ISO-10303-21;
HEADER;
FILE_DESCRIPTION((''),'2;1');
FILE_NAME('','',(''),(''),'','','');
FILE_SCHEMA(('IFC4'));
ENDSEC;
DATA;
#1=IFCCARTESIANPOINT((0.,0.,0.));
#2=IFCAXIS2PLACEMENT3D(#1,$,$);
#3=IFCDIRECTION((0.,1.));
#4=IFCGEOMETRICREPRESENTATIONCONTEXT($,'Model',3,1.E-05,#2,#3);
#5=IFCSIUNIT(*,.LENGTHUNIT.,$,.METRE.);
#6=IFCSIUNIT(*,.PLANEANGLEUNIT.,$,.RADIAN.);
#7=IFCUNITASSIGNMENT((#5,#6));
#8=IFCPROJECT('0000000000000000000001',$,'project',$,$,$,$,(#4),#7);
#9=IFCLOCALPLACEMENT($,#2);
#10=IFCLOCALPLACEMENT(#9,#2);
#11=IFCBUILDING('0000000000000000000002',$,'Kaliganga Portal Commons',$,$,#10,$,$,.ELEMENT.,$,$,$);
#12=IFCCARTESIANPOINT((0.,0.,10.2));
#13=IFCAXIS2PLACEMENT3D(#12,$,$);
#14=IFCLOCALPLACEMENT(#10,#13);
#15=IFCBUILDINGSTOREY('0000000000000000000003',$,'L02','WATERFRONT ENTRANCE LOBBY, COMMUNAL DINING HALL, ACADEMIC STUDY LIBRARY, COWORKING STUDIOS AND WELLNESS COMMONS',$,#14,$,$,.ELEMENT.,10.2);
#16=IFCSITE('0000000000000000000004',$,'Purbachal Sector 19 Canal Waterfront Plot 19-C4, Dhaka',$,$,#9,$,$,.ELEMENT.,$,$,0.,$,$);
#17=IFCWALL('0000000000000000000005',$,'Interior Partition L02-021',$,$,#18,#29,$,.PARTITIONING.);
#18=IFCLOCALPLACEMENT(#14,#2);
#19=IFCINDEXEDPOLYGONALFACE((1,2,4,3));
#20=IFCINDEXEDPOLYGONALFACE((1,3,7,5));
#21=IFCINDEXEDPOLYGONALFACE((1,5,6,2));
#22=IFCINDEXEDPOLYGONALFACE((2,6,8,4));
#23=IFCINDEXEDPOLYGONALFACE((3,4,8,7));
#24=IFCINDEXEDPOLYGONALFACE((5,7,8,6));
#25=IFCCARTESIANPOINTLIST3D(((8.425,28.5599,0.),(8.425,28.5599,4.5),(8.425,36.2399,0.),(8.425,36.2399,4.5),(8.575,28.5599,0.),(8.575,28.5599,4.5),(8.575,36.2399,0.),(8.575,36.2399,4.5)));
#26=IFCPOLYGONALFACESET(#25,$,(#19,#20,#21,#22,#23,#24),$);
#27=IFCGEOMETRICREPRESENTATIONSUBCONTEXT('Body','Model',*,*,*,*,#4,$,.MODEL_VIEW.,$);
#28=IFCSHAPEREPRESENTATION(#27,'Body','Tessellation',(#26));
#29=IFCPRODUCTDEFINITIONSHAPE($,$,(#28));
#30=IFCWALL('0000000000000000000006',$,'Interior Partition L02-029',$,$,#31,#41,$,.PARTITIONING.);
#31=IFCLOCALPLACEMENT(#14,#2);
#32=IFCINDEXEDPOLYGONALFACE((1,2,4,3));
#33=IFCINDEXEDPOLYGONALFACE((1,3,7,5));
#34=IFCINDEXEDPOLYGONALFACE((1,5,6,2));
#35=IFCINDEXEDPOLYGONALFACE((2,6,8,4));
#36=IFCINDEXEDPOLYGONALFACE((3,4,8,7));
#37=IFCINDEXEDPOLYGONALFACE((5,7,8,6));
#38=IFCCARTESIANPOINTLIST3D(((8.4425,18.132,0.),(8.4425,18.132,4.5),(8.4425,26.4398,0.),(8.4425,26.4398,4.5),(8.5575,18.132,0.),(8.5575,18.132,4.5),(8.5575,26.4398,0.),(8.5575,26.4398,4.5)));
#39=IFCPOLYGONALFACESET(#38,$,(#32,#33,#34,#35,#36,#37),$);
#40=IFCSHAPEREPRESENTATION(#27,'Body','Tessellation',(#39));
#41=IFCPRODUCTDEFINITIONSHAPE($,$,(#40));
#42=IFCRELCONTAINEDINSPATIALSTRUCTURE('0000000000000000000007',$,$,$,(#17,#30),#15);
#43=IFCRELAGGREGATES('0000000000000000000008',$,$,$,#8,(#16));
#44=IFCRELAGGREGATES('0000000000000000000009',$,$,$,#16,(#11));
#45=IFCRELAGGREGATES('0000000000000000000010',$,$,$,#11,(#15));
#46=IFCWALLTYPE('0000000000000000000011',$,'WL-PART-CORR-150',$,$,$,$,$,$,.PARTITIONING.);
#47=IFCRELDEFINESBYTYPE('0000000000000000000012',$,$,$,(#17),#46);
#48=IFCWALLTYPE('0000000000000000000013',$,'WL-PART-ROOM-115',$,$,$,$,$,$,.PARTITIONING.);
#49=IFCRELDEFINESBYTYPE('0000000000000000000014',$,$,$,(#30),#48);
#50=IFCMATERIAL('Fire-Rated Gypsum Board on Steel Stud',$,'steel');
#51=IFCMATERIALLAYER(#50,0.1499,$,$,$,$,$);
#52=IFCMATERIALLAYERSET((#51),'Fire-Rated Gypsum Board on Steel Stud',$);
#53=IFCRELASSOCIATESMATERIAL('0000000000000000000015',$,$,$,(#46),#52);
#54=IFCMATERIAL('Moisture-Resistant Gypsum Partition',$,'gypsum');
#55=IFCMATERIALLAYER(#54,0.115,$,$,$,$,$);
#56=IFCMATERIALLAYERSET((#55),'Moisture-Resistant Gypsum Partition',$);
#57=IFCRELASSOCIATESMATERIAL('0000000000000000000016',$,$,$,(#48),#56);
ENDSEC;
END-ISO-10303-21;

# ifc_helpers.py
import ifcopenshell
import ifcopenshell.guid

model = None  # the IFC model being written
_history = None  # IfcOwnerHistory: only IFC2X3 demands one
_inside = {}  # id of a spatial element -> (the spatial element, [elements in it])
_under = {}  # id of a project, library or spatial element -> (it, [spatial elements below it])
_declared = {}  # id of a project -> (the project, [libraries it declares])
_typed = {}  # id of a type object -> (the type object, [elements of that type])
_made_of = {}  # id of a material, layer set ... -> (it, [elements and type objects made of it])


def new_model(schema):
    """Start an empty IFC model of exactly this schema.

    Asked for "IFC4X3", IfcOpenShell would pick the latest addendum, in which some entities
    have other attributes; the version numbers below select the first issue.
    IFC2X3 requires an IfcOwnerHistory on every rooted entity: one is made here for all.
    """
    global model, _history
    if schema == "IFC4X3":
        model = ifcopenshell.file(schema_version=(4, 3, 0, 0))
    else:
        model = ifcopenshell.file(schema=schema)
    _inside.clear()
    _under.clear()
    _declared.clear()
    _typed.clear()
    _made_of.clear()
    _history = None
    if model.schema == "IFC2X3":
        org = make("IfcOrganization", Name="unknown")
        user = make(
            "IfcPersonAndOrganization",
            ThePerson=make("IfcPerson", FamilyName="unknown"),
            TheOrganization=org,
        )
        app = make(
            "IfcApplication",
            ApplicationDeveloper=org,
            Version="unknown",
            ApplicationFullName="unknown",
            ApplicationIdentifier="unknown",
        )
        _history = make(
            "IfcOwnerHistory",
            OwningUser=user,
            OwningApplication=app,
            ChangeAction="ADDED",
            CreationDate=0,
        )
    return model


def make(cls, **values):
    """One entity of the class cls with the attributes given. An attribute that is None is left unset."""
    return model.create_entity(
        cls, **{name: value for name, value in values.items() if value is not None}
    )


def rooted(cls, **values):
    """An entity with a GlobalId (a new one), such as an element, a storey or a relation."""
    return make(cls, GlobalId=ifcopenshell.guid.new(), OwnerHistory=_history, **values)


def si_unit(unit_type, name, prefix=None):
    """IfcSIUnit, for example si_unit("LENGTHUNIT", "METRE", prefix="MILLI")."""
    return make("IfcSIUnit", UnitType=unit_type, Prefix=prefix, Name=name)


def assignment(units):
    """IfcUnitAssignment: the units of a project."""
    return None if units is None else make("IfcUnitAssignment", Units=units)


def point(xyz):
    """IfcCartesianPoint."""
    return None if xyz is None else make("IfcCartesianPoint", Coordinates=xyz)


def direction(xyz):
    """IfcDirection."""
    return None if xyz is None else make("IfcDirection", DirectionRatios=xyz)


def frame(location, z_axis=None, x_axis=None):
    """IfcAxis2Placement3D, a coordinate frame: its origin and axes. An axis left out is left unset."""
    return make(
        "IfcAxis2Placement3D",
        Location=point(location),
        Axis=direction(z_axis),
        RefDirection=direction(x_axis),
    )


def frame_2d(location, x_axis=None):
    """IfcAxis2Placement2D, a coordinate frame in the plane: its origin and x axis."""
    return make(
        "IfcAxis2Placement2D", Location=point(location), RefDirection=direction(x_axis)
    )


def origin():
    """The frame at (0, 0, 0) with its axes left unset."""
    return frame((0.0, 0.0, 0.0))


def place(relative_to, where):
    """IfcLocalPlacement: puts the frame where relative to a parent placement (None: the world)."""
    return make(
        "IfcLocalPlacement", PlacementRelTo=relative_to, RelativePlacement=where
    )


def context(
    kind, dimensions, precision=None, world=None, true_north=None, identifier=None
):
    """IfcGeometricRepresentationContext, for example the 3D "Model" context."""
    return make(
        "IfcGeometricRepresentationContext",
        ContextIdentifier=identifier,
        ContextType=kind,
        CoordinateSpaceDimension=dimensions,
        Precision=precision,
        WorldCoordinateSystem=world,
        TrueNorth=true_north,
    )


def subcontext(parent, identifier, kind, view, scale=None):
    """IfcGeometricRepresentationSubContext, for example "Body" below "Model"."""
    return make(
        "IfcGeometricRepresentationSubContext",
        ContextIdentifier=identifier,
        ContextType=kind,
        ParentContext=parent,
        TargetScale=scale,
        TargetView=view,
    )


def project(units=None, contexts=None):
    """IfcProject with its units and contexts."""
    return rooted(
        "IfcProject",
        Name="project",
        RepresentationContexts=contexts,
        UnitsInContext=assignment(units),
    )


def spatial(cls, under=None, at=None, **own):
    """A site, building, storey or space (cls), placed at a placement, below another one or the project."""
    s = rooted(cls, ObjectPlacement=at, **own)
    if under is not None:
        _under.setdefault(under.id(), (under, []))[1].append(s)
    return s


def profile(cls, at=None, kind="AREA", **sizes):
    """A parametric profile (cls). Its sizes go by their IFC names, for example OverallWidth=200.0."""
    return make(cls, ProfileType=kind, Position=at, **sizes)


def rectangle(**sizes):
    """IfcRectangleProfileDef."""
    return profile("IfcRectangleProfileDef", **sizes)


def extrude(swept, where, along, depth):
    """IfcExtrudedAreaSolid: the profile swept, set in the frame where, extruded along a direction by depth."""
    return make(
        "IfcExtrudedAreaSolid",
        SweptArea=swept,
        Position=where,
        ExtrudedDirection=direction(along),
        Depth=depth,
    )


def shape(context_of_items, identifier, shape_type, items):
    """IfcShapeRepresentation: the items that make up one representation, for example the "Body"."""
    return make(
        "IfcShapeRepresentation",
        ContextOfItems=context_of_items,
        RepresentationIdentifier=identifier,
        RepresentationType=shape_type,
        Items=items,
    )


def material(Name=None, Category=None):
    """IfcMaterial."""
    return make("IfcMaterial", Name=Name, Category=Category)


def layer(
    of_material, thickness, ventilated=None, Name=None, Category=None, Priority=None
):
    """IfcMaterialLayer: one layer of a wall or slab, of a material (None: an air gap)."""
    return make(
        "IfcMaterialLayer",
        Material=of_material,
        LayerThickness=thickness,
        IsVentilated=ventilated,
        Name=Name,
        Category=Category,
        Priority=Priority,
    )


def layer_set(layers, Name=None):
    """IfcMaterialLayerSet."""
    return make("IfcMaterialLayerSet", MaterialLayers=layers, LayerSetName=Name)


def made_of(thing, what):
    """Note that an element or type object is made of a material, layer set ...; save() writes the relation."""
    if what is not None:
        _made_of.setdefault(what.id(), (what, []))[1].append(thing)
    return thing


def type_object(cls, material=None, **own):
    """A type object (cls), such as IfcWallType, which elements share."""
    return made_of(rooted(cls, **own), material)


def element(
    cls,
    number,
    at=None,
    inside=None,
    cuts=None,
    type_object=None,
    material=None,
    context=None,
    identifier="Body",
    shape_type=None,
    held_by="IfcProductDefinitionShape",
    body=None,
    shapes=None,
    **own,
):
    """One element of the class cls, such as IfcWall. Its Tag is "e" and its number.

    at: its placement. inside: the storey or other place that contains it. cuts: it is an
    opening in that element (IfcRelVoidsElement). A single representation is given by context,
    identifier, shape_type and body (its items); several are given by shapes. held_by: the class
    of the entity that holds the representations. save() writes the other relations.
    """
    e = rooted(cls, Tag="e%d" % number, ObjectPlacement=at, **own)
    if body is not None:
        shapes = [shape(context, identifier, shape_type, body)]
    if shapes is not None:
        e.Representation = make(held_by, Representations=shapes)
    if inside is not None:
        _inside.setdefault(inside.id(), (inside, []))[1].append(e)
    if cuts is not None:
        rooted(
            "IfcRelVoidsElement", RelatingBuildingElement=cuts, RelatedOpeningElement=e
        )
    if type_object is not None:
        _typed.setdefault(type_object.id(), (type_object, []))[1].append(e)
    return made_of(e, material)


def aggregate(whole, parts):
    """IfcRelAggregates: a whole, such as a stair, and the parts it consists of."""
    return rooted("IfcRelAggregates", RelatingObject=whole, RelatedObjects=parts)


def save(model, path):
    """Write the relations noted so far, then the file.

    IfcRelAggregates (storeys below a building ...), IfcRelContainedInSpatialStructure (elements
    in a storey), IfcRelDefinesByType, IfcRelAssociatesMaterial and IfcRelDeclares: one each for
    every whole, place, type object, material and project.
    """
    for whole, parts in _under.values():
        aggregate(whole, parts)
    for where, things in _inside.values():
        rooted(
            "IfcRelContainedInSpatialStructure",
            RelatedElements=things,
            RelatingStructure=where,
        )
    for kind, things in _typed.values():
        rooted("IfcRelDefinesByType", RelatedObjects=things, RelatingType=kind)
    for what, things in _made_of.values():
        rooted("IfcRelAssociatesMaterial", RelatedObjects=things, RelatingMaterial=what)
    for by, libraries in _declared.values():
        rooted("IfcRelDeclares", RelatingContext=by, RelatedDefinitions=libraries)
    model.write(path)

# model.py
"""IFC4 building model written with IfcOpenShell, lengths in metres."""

from ifc_helpers import new_model, si_unit, direction, frame, frame_2d, origin, place, context, subcontext, project, spatial, rectangle, extrude, material, layer, layer_set, type_object, element, save


model = new_model("IFC4")

# Units and contexts
model_context = context("Model", 3, precision=1e-05, world=origin(), true_north=direction((0.0, 1.0)))
body_context = subcontext(model_context, "Body", "Model", "MODEL_VIEW")
ifc_project = project(units=[si_unit("LENGTHUNIT", "METRE"), si_unit("PLANEANGLEUNIT", "RADIAN")], contexts=[model_context])

# Site, building, storey
site_placement = place(None, origin())
site = spatial("IfcSite", under=ifc_project, at=site_placement, Name="Purbachal Sector 19 Canal Waterfront Plot 19-C4, Dhaka", CompositionType="ELEMENT", RefElevation=0.0)
building_placement = place(site_placement, origin())
building = spatial("IfcBuilding", under=site, at=building_placement, Name="Kaliganga Portal Commons", CompositionType="ELEMENT")
storey_placement = place(building_placement, frame((0.0, 0.0, 10.2)))
storey = spatial("IfcBuildingStorey", under=building, at=storey_placement, Name="L02", Description="WATERFRONT ENTRANCE LOBBY, COMMUNAL DINING HALL, ACADEMIC STUDY LIBRARY, COWORKING STUDIOS AND WELLNESS COMMONS", CompositionType="ELEMENT", Elevation=10.2)

# Shared definitions
ifc_material_1 = material(Name="Fire-Rated Gypsum Board on Steel Stud", Category="steel")
ifc_layer_1 = layer(ifc_material_1, 0.1499)
ifc_layer_set_1 = layer_set([ifc_layer_1], Name="Fire-Rated Gypsum Board on Steel Stud")
wall_type_1 = type_object("IfcWallType", Name="WL-PART-CORR-150", PredefinedType="PARTITIONING", material=ifc_layer_set_1)

# Walls
wall_1_placement = place(storey_placement, frame((8.5, 28.5601, 0.0), z_axis=(0.0, 0.0, 1.0), x_axis=(0.0, 1.0, 0.0)))
element("IfcWall", 1, at=wall_1_placement, inside=storey, type_object=wall_type_1, Name="Interior Partition L02-021", PredefinedType="PARTITIONING", context=body_context, shape_type="SweptSolid", body=[
    extrude(rectangle(XDim=7.6799, YDim=0.1499, at=frame_2d((3.8398, 0.0))), origin(), (0.0, 0.0, 1.0), 4.5),
])
ifc_material_2 = material(Name="Moisture-Resistant Gypsum Partition", Category="gypsum")
ifc_layer_2 = layer(ifc_material_2, 0.115)
ifc_layer_set_2 = layer_set([ifc_layer_2], Name="Moisture-Resistant Gypsum Partition")
wall_type_2 = type_object("IfcWallType", Name="WL-PART-ROOM-115", PredefinedType="PARTITIONING", material=ifc_layer_set_2)
wall_2_placement = place(storey_placement, frame((8.5, 18.1321, 0.0), z_axis=(0.0, 0.0, 1.0), x_axis=(0.0, 1.0, 0.0)))
element("IfcWall", 2, at=wall_2_placement, inside=storey, type_object=wall_type_2, Name="Interior Partition L02-029", PredefinedType="PARTITIONING", context=body_context, shape_type="SweptSolid", body=[
    extrude(rectangle(XDim=8.3079, YDim=0.115, at=frame_2d((4.1538, 0.0))), origin(), (0.0, 0.0, 1.0), 4.5),
])

save(model, "model.ifc")
